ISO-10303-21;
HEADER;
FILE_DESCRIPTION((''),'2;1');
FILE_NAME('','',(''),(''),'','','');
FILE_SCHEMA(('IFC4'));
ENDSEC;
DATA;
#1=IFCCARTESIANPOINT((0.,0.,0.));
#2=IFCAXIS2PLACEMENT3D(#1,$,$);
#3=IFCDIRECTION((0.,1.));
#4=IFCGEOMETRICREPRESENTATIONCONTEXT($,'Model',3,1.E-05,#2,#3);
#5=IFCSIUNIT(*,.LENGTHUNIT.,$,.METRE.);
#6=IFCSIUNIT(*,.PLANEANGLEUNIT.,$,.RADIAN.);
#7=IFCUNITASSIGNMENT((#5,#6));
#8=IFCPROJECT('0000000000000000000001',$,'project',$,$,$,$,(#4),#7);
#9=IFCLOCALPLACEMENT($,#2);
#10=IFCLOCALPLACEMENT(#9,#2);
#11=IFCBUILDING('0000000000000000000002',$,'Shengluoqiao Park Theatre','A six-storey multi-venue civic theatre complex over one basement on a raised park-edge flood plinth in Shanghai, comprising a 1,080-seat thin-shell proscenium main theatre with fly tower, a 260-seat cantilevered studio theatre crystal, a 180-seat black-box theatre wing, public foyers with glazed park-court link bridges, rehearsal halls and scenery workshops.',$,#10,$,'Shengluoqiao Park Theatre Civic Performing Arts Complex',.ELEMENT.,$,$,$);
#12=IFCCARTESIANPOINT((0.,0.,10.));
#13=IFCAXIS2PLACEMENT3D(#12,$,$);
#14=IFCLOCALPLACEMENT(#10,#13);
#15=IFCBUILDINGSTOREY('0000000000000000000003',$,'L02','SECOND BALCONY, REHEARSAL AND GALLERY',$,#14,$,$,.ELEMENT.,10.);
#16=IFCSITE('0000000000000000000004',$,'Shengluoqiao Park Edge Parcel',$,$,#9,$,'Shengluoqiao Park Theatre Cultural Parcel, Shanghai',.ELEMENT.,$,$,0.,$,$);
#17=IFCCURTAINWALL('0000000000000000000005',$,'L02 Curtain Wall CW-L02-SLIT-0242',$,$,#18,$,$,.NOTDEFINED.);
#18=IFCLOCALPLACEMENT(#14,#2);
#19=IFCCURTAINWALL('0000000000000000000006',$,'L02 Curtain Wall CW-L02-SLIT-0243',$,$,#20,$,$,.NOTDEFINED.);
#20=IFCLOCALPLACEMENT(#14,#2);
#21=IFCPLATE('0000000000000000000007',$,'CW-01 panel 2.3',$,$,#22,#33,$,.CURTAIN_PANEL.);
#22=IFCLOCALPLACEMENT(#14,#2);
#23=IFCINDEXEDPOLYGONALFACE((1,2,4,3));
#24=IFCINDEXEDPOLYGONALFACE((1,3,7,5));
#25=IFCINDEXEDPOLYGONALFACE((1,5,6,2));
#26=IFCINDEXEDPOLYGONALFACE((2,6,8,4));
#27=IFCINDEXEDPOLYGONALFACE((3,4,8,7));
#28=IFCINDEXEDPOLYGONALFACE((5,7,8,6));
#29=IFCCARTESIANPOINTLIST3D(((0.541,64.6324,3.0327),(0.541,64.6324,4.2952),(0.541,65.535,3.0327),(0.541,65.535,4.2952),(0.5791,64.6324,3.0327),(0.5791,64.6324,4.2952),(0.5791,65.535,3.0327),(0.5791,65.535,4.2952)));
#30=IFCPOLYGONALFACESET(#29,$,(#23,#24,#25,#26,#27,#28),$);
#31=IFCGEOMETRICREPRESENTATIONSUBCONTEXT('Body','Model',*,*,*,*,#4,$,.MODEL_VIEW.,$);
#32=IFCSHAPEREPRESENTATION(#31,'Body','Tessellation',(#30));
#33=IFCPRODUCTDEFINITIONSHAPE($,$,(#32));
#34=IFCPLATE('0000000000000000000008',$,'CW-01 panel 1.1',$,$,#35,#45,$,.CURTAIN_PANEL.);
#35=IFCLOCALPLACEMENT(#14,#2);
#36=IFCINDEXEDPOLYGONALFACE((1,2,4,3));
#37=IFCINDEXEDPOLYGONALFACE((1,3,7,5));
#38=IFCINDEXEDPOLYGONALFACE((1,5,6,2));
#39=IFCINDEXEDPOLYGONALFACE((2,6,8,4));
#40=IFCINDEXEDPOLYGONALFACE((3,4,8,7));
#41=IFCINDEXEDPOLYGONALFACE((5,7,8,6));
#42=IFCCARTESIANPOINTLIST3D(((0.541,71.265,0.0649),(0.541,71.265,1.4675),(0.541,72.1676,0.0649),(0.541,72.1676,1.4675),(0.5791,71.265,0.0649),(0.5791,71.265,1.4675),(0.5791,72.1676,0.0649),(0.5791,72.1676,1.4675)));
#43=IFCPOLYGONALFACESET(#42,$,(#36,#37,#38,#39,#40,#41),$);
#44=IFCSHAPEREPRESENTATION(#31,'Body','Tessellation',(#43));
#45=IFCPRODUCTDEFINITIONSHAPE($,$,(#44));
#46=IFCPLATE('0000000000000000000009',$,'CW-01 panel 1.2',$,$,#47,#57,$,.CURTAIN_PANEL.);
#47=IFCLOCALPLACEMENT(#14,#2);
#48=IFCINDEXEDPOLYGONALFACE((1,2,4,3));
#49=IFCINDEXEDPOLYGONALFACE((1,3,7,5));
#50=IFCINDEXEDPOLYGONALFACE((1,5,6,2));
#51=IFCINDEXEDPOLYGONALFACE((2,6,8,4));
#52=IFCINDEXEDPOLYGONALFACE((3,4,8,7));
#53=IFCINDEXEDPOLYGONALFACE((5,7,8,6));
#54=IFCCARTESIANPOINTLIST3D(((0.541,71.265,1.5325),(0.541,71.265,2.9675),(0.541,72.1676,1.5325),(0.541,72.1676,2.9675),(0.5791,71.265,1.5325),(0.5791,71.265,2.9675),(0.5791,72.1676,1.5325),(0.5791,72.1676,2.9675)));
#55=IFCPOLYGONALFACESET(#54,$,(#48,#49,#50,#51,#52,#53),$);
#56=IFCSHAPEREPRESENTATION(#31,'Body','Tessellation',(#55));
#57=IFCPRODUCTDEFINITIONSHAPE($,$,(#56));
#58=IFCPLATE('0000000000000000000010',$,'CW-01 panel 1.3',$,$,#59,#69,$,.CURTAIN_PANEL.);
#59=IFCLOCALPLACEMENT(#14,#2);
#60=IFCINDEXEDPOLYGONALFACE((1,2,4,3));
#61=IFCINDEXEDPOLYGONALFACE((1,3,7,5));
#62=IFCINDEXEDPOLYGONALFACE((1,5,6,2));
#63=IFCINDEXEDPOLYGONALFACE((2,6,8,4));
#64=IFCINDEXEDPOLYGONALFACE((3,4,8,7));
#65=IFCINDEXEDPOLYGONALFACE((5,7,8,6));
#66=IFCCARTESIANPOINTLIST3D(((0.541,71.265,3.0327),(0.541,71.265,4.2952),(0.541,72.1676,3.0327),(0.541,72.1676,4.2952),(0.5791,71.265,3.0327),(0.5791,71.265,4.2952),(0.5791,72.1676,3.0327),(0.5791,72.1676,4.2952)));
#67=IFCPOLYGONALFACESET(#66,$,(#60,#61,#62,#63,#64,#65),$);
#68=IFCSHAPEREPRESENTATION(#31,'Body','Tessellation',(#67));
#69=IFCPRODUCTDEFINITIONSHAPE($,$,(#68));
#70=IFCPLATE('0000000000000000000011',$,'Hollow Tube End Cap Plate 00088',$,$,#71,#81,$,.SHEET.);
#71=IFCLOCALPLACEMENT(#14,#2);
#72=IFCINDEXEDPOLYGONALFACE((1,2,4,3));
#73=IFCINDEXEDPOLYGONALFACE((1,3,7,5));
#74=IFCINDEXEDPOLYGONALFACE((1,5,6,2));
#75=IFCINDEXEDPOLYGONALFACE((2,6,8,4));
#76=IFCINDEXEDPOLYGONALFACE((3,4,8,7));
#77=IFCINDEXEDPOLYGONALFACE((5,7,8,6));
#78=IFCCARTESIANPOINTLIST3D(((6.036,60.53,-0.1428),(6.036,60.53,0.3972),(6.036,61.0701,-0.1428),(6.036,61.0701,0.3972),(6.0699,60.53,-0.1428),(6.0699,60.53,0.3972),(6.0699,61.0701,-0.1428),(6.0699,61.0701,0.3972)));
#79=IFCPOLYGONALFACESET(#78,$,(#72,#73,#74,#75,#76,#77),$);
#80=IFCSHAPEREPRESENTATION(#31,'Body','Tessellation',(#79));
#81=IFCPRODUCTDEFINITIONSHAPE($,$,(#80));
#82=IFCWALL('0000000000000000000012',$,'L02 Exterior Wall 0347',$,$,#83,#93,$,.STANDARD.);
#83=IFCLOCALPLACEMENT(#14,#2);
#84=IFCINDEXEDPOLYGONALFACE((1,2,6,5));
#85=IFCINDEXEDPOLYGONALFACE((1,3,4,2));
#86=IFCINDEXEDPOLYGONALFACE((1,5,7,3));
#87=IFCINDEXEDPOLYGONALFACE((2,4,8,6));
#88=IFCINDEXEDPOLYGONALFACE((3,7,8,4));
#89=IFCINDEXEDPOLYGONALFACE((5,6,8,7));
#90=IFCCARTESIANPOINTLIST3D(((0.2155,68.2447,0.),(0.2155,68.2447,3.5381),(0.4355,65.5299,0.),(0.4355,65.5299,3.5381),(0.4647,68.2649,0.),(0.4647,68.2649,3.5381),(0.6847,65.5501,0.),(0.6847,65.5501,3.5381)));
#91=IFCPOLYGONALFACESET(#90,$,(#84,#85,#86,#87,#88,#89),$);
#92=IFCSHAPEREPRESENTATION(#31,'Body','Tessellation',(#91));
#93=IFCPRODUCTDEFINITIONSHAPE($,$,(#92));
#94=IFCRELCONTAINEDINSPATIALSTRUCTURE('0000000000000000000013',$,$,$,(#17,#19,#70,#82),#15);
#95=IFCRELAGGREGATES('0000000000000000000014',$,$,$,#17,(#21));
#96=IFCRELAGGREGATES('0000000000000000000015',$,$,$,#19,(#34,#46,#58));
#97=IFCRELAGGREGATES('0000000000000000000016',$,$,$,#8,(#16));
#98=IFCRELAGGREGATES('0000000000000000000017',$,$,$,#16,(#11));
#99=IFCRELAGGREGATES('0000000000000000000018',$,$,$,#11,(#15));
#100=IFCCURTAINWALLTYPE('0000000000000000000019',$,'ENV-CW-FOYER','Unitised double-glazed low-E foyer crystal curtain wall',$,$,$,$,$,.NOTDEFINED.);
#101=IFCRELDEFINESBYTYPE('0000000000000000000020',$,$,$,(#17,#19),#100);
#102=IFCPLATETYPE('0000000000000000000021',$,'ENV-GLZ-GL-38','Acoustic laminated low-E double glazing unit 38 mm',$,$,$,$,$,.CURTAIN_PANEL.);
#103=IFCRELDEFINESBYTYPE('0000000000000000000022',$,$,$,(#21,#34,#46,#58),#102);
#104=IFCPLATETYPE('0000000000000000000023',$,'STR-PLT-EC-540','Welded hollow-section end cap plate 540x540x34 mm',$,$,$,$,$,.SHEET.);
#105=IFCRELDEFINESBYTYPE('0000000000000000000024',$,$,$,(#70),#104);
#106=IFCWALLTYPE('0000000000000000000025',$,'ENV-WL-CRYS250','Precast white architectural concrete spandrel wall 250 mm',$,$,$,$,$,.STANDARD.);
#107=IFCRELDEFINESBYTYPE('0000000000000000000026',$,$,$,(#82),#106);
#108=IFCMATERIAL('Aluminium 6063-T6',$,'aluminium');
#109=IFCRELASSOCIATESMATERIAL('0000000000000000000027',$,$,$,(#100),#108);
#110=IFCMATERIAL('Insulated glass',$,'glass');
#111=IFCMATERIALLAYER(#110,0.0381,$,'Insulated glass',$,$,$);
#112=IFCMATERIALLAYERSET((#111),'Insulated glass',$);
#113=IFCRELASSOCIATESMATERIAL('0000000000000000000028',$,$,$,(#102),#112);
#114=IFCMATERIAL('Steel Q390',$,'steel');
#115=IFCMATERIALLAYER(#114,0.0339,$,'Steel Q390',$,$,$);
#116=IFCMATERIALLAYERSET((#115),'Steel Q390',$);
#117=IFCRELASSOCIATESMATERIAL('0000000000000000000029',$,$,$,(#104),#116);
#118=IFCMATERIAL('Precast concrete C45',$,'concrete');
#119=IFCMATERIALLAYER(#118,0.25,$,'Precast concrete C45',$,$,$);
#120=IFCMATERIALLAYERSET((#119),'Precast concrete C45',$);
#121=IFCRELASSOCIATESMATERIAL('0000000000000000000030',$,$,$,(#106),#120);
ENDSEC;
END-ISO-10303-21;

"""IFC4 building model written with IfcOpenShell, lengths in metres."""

from ifc_helpers import new_model, si_unit, direction, frame, frame_2d, origin, origin_2d, place, context, subcontext, project, spatial, rectangle, extrude, material, layer, layer_set, type_object, element, aggregate, save


model = new_model("IFC4")

# Units and contexts
model_context = context("Model", 3, precision=1e-05, world=origin(), true_north=direction((0.0, 1.0)))
body_context = subcontext(model_context, "Body", "Model", "MODEL_VIEW")
ifc_project = project(units=[si_unit("LENGTHUNIT", "METRE"), si_unit("PLANEANGLEUNIT", "RADIAN")], contexts=[model_context])

# Site, building, storey
site_placement = place(None, origin())
site = spatial("IfcSite", under=ifc_project, at=site_placement, Name="Shengluoqiao Park Edge Parcel", LongName="Shengluoqiao Park Theatre Cultural Parcel, Shanghai", CompositionType="ELEMENT", RefElevation=0.0)
building_placement = place(site_placement, origin())
building = spatial("IfcBuilding", under=site, at=building_placement, Name="Shengluoqiao Park Theatre", Description="A six-storey multi-venue civic theatre complex over one basement on a raised park-edge flood plinth in Shanghai, comprising a 1,080-seat thin-shell proscenium main theatre with fly tower, a 260-seat cantilevered studio theatre crystal, a 180-seat black-box theatre wing, public foyers with glazed park-court link bridges, rehearsal halls and scenery workshops.", LongName="Shengluoqiao Park Theatre Civic Performing Arts Complex", CompositionType="ELEMENT")
storey_placement = place(building_placement, frame((0.0, 0.0, 10.0)))
storey = spatial("IfcBuildingStorey", under=building, at=storey_placement, Name="L02", Description="SECOND BALCONY, REHEARSAL AND GALLERY", CompositionType="ELEMENT", Elevation=10.0)

# Curtain wall
ifc_material_1 = material(Name="Aluminium 6063-T6", Category="aluminium")
curtain_wall_type = type_object("IfcCurtainWallType", Name="ENV-CW-FOYER", Description="Unitised double-glazed low-E foyer crystal curtain wall", PredefinedType="NOTDEFINED", material=ifc_material_1)
curtain_wall_1_placement = place(storey_placement, origin())
curtain_wall_1 = element("IfcCurtainWall", 1, at=curtain_wall_1_placement, inside=storey, type_object=curtain_wall_type, Name="L02 Curtain Wall CW-L02-SLIT-0242", PredefinedType="NOTDEFINED")

# Curtain wall
curtain_wall_2_placement = place(storey_placement, origin())
curtain_wall_2 = element("IfcCurtainWall", 2, at=curtain_wall_2_placement, inside=storey, type_object=curtain_wall_type, Name="L02 Curtain Wall CW-L02-SLIT-0243", PredefinedType="NOTDEFINED")

# Plates
ifc_material_2 = material(Name="Insulated glass", Category="glass")
ifc_layer_1 = layer(ifc_material_2, 0.0381, Name="Insulated glass")
ifc_layer_set_1 = layer_set([ifc_layer_1], Name="Insulated glass")
plate_type_1 = type_object("IfcPlateType", Name="ENV-GLZ-GL-38", Description="Acoustic laminated low-E double glazing unit 38 mm", PredefinedType="CURTAIN_PANEL", material=ifc_layer_set_1)
plate_1_placement = place(storey_placement, frame((0.5601, 65.0837, 3.0327), z_axis=(0.0, 0.0, 1.0), x_axis=(0.0, 1.0, 0.0)))
plate_1 = element("IfcPlate", 3, at=plate_1_placement, type_object=plate_type_1, Name="CW-01 panel 2.3", PredefinedType="CURTAIN_PANEL", context=body_context, shape_type="SweptSolid", body=[
    extrude(rectangle(XDim=0.9026, YDim=0.0381, at=origin_2d()), origin(), (0.0, 0.0, 1.0), 1.2625),
])
aggregate(curtain_wall_1, [plate_1])
plate_2_placement = place(storey_placement, frame((0.5601, 71.7163, 0.0649), z_axis=(0.0, 0.0, 1.0), x_axis=(0.0, 1.0, 0.0)))
plate_2 = element("IfcPlate", 4, at=plate_2_placement, type_object=plate_type_1, Name="CW-01 panel 1.1", PredefinedType="CURTAIN_PANEL", context=body_context, shape_type="SweptSolid", body=[
    extrude(rectangle(XDim=0.9026, YDim=0.0381, at=origin_2d()), origin(), (0.0, 0.0, 1.0), 1.4026),
])
plate_3_placement = place(storey_placement, frame((0.5601, 71.7163, 1.5325), z_axis=(0.0, 0.0, 1.0), x_axis=(0.0, 1.0, 0.0)))
plate_3 = element("IfcPlate", 5, at=plate_3_placement, type_object=plate_type_1, Name="CW-01 panel 1.2", PredefinedType="CURTAIN_PANEL", context=body_context, shape_type="SweptSolid", body=[
    extrude(rectangle(XDim=0.9026, YDim=0.0381, at=origin_2d()), origin(), (0.0, 0.0, 1.0), 1.4351),
])
plate_4_placement = place(storey_placement, frame((0.5601, 71.7163, 3.0327), z_axis=(0.0, 0.0, 1.0), x_axis=(0.0, 1.0, 0.0)))
plate_4 = element("IfcPlate", 6, at=plate_4_placement, type_object=plate_type_1, Name="CW-01 panel 1.3", PredefinedType="CURTAIN_PANEL", context=body_context, shape_type="SweptSolid", body=[
    extrude(rectangle(XDim=0.9026, YDim=0.0381, at=origin_2d()), origin(), (0.0, 0.0, 1.0), 1.2625),
])
aggregate(curtain_wall_2, [plate_2, plate_3, plate_4])
ifc_material_3 = material(Name="Steel Q390", Category="steel")
ifc_layer_2 = layer(ifc_material_3, 0.0339, Name="Steel Q390")
ifc_layer_set_2 = layer_set([ifc_layer_2], Name="Steel Q390")
plate_type_2 = type_object("IfcPlateType", Name="STR-PLT-EC-540", Description="Welded hollow-section end cap plate 540x540x34 mm", PredefinedType="SHEET", material=ifc_layer_set_2)
plate_5_placement = place(storey_placement, frame((6.053, 60.8, -0.1428), z_axis=(0.0, 0.0, 1.0), x_axis=(-1.0, 0.0, 0.0)))
element("IfcPlate", 7, at=plate_5_placement, inside=storey, type_object=plate_type_2, Name="Hollow Tube End Cap Plate 00088", PredefinedType="SHEET", context=body_context, shape_type="SweptSolid", body=[
    extrude(rectangle(XDim=0.0339, YDim=0.54, at=origin_2d()), origin(), (0.0, 0.0, 1.0), 0.54),
])

# Wall
ifc_material_4 = material(Name="Precast concrete C45", Category="concrete")
ifc_layer_3 = layer(ifc_material_4, 0.25, Name="Precast concrete C45")
ifc_layer_set_3 = layer_set([ifc_layer_3], Name="Precast concrete C45")
wall_type = type_object("IfcWallType", Name="ENV-WL-CRYS250", Description="Precast white architectural concrete spandrel wall 250 mm", PredefinedType="STANDARD", material=ifc_layer_set_3)
wall_placement = place(storey_placement, frame((0.5601, 65.54, 0.0), z_axis=(0.0, 0.0, 1.0), x_axis=(-0.080761, 0.996734, 0.0)))
element("IfcWall", 8, at=wall_placement, inside=storey, type_object=wall_type, Name="L02 Exterior Wall 0347", PredefinedType="STANDARD", context=body_context, shape_type="SweptSolid", body=[
    extrude(rectangle(XDim=2.7236, YDim=0.25, at=frame_2d((1.3618, 0.0))), origin(), (0.0, 0.0, 1.0), 3.5381),
])

save(model, "model.ifc")
